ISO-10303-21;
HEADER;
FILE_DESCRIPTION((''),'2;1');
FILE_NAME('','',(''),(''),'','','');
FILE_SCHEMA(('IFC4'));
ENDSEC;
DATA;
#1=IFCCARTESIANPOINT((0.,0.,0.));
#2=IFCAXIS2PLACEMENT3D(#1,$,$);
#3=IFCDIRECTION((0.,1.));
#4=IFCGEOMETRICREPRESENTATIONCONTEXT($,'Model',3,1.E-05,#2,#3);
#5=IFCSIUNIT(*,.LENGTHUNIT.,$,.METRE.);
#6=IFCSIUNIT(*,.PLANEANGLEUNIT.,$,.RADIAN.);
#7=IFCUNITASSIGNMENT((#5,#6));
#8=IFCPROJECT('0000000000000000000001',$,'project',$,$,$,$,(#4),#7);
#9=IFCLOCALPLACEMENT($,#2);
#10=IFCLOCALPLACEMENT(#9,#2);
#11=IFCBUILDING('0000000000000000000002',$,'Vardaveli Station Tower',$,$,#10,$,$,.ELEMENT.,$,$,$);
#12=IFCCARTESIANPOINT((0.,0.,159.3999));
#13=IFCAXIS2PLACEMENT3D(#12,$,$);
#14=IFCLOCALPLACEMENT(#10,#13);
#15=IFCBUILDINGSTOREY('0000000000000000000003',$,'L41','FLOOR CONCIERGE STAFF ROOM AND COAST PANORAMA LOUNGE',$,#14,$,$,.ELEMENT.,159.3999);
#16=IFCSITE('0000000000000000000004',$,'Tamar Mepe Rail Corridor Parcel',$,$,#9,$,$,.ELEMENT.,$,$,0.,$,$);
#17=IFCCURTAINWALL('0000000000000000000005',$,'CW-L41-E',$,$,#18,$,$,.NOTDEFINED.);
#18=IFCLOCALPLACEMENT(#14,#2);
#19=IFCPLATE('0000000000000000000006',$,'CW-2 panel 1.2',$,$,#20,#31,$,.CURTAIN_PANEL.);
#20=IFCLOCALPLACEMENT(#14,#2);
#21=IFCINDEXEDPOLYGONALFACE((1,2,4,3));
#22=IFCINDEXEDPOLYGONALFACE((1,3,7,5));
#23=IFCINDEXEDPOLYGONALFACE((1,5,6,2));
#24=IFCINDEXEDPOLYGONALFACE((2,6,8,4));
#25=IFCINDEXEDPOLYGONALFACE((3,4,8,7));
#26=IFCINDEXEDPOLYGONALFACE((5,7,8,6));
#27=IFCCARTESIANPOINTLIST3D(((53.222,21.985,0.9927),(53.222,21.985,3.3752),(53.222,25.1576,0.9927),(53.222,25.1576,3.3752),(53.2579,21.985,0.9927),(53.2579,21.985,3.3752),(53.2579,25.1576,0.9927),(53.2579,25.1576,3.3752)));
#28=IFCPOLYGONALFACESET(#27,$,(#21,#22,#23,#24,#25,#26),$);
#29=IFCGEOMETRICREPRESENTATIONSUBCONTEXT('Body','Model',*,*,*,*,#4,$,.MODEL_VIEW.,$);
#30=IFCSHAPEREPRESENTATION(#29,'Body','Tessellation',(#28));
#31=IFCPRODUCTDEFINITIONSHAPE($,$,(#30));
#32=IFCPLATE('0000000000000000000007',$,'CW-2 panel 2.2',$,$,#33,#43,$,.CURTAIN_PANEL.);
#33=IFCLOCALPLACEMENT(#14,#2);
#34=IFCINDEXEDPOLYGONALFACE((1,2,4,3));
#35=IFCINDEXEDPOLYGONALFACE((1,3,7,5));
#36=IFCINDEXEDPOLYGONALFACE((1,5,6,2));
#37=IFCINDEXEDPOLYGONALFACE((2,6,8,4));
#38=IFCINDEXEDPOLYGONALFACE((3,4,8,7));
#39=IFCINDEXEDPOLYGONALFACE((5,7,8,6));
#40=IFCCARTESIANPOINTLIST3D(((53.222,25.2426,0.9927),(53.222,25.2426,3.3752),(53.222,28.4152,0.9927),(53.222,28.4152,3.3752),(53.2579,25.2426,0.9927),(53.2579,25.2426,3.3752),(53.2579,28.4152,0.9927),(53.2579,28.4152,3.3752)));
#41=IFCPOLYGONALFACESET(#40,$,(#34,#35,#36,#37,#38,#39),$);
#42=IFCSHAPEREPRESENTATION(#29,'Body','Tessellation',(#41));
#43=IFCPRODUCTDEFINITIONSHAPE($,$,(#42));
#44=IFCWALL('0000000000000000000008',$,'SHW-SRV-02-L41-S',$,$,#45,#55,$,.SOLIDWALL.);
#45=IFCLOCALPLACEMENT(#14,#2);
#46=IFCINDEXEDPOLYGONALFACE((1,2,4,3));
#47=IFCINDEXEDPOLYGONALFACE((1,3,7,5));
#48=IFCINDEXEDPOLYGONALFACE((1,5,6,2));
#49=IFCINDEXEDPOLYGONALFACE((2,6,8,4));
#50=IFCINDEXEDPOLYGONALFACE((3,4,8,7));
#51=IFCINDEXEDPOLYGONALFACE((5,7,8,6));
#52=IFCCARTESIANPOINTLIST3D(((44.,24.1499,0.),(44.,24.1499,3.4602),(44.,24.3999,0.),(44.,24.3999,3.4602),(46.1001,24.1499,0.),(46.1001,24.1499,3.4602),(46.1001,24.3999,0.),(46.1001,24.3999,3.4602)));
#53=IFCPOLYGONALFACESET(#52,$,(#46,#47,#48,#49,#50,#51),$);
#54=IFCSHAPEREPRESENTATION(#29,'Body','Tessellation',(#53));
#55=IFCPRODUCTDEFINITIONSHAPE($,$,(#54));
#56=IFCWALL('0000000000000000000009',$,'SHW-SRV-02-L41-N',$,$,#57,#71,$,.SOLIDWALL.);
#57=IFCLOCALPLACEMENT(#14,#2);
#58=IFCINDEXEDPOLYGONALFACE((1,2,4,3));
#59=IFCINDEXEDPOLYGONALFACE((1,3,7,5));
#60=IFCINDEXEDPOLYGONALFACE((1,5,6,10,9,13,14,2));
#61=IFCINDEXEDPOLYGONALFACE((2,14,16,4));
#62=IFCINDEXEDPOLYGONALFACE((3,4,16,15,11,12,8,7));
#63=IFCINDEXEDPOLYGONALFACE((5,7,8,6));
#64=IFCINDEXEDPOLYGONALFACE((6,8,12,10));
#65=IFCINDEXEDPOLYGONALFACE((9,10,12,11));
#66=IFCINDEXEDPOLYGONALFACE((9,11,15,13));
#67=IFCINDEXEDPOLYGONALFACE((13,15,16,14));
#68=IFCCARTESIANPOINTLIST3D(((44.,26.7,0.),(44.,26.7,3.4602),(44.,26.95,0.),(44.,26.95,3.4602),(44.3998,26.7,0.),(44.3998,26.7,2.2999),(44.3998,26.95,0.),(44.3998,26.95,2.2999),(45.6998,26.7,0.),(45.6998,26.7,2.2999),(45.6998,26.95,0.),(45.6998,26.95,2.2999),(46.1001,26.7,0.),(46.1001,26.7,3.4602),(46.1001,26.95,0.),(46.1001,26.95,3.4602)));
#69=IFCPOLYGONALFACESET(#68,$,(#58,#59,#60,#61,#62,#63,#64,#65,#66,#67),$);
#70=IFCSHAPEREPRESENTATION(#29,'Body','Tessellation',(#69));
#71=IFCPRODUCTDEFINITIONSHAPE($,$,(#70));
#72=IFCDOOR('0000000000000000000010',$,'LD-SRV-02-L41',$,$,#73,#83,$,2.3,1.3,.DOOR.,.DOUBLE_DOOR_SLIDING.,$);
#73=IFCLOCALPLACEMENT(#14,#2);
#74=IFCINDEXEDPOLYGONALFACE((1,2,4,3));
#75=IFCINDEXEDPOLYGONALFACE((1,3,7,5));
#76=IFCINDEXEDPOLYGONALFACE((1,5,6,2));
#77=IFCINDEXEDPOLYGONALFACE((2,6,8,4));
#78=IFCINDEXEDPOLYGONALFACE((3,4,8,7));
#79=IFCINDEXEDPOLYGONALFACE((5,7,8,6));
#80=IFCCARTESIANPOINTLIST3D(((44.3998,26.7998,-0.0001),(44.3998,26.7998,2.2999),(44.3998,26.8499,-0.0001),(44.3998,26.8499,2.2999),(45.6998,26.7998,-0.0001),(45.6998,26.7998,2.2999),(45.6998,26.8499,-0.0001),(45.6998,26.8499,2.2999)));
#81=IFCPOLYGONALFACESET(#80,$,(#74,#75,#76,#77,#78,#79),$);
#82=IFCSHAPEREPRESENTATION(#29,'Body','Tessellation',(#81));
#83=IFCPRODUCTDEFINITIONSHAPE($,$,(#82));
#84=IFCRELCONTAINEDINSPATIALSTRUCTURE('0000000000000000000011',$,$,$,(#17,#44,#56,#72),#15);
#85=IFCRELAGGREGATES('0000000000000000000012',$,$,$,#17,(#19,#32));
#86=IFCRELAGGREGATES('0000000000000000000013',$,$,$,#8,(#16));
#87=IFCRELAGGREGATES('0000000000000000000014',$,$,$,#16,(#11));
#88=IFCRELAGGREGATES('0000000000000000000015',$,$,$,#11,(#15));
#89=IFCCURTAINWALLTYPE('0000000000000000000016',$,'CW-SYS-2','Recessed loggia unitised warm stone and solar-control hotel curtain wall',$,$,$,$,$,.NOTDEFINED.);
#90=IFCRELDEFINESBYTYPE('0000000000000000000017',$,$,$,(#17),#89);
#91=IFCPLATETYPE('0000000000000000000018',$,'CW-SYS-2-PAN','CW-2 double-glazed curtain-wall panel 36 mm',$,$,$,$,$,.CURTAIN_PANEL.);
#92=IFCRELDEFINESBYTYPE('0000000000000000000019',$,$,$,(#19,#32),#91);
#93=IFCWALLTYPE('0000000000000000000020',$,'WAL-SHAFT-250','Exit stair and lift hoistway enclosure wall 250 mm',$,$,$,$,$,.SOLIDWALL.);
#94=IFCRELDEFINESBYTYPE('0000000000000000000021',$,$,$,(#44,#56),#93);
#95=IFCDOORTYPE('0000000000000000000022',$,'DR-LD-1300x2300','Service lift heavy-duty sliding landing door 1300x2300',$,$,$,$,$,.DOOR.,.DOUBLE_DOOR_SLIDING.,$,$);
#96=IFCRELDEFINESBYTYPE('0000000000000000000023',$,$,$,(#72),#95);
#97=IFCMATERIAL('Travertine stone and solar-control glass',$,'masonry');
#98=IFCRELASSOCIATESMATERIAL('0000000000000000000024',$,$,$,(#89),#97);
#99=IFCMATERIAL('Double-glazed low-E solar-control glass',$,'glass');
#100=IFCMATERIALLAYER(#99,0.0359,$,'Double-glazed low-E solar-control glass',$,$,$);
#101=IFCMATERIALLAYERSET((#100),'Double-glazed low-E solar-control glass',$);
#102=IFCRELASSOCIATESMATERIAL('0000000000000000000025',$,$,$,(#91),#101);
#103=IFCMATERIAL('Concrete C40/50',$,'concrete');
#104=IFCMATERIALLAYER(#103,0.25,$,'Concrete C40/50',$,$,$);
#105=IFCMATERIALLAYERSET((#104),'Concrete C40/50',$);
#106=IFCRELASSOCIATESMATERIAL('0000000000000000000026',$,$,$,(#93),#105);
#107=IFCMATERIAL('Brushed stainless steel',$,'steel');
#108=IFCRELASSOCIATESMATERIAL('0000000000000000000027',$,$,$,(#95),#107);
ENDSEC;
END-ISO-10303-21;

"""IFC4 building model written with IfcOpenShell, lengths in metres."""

from ifc_helpers import new_model, si_unit, direction, frame, frame_2d, origin, origin_2d, place, context, subcontext, project, spatial, rectangle, extrude, source, transform, mapped, material, layer, layer_set, type_object, element, fill, aggregate, save


model = new_model("IFC4")

# Units and contexts
model_context = context("Model", 3, precision=1e-05, world=origin(), true_north=direction((0.0, 1.0)))
body_context = subcontext(model_context, "Body", "Model", "MODEL_VIEW")
ifc_project = project(units=[si_unit("LENGTHUNIT", "METRE"), si_unit("PLANEANGLEUNIT", "RADIAN")], contexts=[model_context])

# Site, building, storey
site_placement = place(None, origin())
site = spatial("IfcSite", under=ifc_project, at=site_placement, Name="Tamar Mepe Rail Corridor Parcel", CompositionType="ELEMENT", RefElevation=0.0)
building_placement = place(site_placement, origin())
building = spatial("IfcBuilding", under=site, at=building_placement, Name="Vardaveli Station Tower", CompositionType="ELEMENT")
storey_placement = place(building_placement, frame((0.0, 0.0, 159.3999)))
storey = spatial("IfcBuildingStorey", under=building, at=storey_placement, Name="L41", Description="FLOOR CONCIERGE STAFF ROOM AND COAST PANORAMA LOUNGE", CompositionType="ELEMENT", Elevation=159.3999)

# Curtain wall, plates
ifc_material_1 = material(Name="Travertine stone and solar-control glass", Category="masonry")
curtain_wall_type = type_object("IfcCurtainWallType", Name="CW-SYS-2", Description="Recessed loggia unitised warm stone and solar-control hotel curtain wall", PredefinedType="NOTDEFINED", material=ifc_material_1)
curtain_wall_placement = place(storey_placement, origin())
curtain_wall = element("IfcCurtainWall", 1, at=curtain_wall_placement, inside=storey, type_object=curtain_wall_type, Name="CW-L41-E", PredefinedType="NOTDEFINED")
ifc_material_2 = material(Name="Double-glazed low-E solar-control glass", Category="glass")
ifc_layer_1 = layer(ifc_material_2, 0.0359, Name="Double-glazed low-E solar-control glass")
ifc_layer_set_1 = layer_set([ifc_layer_1], Name="Double-glazed low-E solar-control glass")
plate_type = type_object("IfcPlateType", Name="CW-SYS-2-PAN", Description="CW-2 double-glazed curtain-wall panel 36 mm", PredefinedType="CURTAIN_PANEL", material=ifc_layer_set_1)
shared_shape_1 = source(origin(), body_context, "Body", "SweptSolid", [
    extrude(rectangle(XDim=3.1726, YDim=0.0359, at=origin_2d()), origin(), (0.0, 0.0, 1.0), 2.3826),
])
plate_1_placement = place(storey_placement, frame((53.24, 23.5713, 0.9927), z_axis=(0.0, 0.0, 1.0), x_axis=(0.0, 1.0, 0.0)))
plate_1 = element("IfcPlate", 2, at=plate_1_placement, type_object=plate_type, Name="CW-2 panel 1.2", PredefinedType="CURTAIN_PANEL", context=body_context, shape_type="MappedRepresentation", body=[
    mapped(shared_shape_1, transform((0.0, 0.0, 0.0), scale=1.0)),
])
plate_2_placement = place(storey_placement, frame((53.24, 26.8289, 0.9927), z_axis=(0.0, 0.0, 1.0), x_axis=(0.0, 1.0, 0.0)))
plate_2 = element("IfcPlate", 3, at=plate_2_placement, type_object=plate_type, Name="CW-2 panel 2.2", PredefinedType="CURTAIN_PANEL", context=body_context, shape_type="MappedRepresentation", body=[
    mapped(shared_shape_1, transform((0.0, 0.0, 0.0), scale=1.0)),
])
aggregate(curtain_wall, [plate_1, plate_2])

# Wall
ifc_material_3 = material(Name="Concrete C40/50", Category="concrete")
ifc_layer_2 = layer(ifc_material_3, 0.25, Name="Concrete C40/50")
ifc_layer_set_2 = layer_set([ifc_layer_2], Name="Concrete C40/50")
wall_type = type_object("IfcWallType", Name="WAL-SHAFT-250", Description="Exit stair and lift hoistway enclosure wall 250 mm", PredefinedType="SOLIDWALL", material=ifc_layer_set_2)
shared_shape_2 = source(origin(), body_context, "Body", "SweptSolid", [
    extrude(rectangle(XDim=2.1001, YDim=0.25, at=frame_2d((1.05, 0.0))), origin(), (0.0, 0.0, 1.0), 3.4602),
])
wall_1_placement = place(storey_placement, frame((44.0, 24.2749, 0.0), z_axis=(0.0, 0.0, 1.0), x_axis=(1.0, 0.0, 0.0)))
element("IfcWall", 4, at=wall_1_placement, inside=storey, type_object=wall_type, Name="SHW-SRV-02-L41-S", PredefinedType="SOLIDWALL", context=body_context, shape_type="MappedRepresentation", body=[
    mapped(shared_shape_2, transform((0.0, 0.0, 0.0), scale=1.0)),
])

# Wall, opening, door
wall_2_placement = place(storey_placement, frame((44.0, 26.825, 0.0), z_axis=(0.0, 0.0, 1.0), x_axis=(1.0, 0.0, 0.0)))
wall_2 = element("IfcWall", 5, at=wall_2_placement, inside=storey, type_object=wall_type, Name="SHW-SRV-02-L41-N", PredefinedType="SOLIDWALL", context=body_context, shape_type="MappedRepresentation", body=[
    mapped(shared_shape_2, transform((0.0, 0.0, 0.0), scale=1.0)),
])
shared_shape_3 = source(origin(), body_context, "Body", "SweptSolid", [
    extrude(rectangle(XDim=1.3, YDim=2.3, at=frame_2d((0.6499, 1.1499))), frame((0.0, 0.135, 0.0), z_axis=(0.0, -1.0, 0.0), x_axis=(1.0, 0.0, 0.0)), (0.0, 0.0, 1.0), 0.27),
])
opening_placement = place(wall_2_placement, frame((0.3999, 0.0, 0.0)))
opening = element("IfcOpeningElement", 6, at=opening_placement, cuts=wall_2, PredefinedType="OPENING", context=body_context, shape_type="MappedRepresentation", body=[
    mapped(shared_shape_3, transform((0.0, 0.0, 0.0), scale=1.0)),
])
ifc_material_4 = material(Name="Brushed stainless steel", Category="steel")
door_type = type_object("IfcDoorType", Name="DR-LD-1300x2300", Description="Service lift heavy-duty sliding landing door 1300x2300", OperationType="DOUBLE_DOOR_SLIDING", PredefinedType="DOOR", material=ifc_material_4)
shared_shape_4 = source(origin(), body_context, "Body", "SweptSolid", [
    extrude(rectangle(XDim=1.3, YDim=2.3, at=frame_2d((0.6499, 1.1499))), frame((0.0, 0.0249, 0.0), z_axis=(0.0, -1.0, 0.0), x_axis=(1.0, 0.0, 0.0)), (0.0, 0.0, 1.0), 0.05),
])
door_placement = place(opening_placement, origin())
door = element("IfcDoor", 7, at=door_placement, inside=storey, type_object=door_type, Name="LD-SRV-02-L41", OperationType="DOUBLE_DOOR_SLIDING", OverallHeight=2.3, OverallWidth=1.3, PredefinedType="DOOR", context=body_context, shape_type="MappedRepresentation", body=[
    mapped(shared_shape_4, transform((0.0, 0.0, 0.0), scale=1.0)),
])
fill(opening, door)

save(model, "model.ifc")
